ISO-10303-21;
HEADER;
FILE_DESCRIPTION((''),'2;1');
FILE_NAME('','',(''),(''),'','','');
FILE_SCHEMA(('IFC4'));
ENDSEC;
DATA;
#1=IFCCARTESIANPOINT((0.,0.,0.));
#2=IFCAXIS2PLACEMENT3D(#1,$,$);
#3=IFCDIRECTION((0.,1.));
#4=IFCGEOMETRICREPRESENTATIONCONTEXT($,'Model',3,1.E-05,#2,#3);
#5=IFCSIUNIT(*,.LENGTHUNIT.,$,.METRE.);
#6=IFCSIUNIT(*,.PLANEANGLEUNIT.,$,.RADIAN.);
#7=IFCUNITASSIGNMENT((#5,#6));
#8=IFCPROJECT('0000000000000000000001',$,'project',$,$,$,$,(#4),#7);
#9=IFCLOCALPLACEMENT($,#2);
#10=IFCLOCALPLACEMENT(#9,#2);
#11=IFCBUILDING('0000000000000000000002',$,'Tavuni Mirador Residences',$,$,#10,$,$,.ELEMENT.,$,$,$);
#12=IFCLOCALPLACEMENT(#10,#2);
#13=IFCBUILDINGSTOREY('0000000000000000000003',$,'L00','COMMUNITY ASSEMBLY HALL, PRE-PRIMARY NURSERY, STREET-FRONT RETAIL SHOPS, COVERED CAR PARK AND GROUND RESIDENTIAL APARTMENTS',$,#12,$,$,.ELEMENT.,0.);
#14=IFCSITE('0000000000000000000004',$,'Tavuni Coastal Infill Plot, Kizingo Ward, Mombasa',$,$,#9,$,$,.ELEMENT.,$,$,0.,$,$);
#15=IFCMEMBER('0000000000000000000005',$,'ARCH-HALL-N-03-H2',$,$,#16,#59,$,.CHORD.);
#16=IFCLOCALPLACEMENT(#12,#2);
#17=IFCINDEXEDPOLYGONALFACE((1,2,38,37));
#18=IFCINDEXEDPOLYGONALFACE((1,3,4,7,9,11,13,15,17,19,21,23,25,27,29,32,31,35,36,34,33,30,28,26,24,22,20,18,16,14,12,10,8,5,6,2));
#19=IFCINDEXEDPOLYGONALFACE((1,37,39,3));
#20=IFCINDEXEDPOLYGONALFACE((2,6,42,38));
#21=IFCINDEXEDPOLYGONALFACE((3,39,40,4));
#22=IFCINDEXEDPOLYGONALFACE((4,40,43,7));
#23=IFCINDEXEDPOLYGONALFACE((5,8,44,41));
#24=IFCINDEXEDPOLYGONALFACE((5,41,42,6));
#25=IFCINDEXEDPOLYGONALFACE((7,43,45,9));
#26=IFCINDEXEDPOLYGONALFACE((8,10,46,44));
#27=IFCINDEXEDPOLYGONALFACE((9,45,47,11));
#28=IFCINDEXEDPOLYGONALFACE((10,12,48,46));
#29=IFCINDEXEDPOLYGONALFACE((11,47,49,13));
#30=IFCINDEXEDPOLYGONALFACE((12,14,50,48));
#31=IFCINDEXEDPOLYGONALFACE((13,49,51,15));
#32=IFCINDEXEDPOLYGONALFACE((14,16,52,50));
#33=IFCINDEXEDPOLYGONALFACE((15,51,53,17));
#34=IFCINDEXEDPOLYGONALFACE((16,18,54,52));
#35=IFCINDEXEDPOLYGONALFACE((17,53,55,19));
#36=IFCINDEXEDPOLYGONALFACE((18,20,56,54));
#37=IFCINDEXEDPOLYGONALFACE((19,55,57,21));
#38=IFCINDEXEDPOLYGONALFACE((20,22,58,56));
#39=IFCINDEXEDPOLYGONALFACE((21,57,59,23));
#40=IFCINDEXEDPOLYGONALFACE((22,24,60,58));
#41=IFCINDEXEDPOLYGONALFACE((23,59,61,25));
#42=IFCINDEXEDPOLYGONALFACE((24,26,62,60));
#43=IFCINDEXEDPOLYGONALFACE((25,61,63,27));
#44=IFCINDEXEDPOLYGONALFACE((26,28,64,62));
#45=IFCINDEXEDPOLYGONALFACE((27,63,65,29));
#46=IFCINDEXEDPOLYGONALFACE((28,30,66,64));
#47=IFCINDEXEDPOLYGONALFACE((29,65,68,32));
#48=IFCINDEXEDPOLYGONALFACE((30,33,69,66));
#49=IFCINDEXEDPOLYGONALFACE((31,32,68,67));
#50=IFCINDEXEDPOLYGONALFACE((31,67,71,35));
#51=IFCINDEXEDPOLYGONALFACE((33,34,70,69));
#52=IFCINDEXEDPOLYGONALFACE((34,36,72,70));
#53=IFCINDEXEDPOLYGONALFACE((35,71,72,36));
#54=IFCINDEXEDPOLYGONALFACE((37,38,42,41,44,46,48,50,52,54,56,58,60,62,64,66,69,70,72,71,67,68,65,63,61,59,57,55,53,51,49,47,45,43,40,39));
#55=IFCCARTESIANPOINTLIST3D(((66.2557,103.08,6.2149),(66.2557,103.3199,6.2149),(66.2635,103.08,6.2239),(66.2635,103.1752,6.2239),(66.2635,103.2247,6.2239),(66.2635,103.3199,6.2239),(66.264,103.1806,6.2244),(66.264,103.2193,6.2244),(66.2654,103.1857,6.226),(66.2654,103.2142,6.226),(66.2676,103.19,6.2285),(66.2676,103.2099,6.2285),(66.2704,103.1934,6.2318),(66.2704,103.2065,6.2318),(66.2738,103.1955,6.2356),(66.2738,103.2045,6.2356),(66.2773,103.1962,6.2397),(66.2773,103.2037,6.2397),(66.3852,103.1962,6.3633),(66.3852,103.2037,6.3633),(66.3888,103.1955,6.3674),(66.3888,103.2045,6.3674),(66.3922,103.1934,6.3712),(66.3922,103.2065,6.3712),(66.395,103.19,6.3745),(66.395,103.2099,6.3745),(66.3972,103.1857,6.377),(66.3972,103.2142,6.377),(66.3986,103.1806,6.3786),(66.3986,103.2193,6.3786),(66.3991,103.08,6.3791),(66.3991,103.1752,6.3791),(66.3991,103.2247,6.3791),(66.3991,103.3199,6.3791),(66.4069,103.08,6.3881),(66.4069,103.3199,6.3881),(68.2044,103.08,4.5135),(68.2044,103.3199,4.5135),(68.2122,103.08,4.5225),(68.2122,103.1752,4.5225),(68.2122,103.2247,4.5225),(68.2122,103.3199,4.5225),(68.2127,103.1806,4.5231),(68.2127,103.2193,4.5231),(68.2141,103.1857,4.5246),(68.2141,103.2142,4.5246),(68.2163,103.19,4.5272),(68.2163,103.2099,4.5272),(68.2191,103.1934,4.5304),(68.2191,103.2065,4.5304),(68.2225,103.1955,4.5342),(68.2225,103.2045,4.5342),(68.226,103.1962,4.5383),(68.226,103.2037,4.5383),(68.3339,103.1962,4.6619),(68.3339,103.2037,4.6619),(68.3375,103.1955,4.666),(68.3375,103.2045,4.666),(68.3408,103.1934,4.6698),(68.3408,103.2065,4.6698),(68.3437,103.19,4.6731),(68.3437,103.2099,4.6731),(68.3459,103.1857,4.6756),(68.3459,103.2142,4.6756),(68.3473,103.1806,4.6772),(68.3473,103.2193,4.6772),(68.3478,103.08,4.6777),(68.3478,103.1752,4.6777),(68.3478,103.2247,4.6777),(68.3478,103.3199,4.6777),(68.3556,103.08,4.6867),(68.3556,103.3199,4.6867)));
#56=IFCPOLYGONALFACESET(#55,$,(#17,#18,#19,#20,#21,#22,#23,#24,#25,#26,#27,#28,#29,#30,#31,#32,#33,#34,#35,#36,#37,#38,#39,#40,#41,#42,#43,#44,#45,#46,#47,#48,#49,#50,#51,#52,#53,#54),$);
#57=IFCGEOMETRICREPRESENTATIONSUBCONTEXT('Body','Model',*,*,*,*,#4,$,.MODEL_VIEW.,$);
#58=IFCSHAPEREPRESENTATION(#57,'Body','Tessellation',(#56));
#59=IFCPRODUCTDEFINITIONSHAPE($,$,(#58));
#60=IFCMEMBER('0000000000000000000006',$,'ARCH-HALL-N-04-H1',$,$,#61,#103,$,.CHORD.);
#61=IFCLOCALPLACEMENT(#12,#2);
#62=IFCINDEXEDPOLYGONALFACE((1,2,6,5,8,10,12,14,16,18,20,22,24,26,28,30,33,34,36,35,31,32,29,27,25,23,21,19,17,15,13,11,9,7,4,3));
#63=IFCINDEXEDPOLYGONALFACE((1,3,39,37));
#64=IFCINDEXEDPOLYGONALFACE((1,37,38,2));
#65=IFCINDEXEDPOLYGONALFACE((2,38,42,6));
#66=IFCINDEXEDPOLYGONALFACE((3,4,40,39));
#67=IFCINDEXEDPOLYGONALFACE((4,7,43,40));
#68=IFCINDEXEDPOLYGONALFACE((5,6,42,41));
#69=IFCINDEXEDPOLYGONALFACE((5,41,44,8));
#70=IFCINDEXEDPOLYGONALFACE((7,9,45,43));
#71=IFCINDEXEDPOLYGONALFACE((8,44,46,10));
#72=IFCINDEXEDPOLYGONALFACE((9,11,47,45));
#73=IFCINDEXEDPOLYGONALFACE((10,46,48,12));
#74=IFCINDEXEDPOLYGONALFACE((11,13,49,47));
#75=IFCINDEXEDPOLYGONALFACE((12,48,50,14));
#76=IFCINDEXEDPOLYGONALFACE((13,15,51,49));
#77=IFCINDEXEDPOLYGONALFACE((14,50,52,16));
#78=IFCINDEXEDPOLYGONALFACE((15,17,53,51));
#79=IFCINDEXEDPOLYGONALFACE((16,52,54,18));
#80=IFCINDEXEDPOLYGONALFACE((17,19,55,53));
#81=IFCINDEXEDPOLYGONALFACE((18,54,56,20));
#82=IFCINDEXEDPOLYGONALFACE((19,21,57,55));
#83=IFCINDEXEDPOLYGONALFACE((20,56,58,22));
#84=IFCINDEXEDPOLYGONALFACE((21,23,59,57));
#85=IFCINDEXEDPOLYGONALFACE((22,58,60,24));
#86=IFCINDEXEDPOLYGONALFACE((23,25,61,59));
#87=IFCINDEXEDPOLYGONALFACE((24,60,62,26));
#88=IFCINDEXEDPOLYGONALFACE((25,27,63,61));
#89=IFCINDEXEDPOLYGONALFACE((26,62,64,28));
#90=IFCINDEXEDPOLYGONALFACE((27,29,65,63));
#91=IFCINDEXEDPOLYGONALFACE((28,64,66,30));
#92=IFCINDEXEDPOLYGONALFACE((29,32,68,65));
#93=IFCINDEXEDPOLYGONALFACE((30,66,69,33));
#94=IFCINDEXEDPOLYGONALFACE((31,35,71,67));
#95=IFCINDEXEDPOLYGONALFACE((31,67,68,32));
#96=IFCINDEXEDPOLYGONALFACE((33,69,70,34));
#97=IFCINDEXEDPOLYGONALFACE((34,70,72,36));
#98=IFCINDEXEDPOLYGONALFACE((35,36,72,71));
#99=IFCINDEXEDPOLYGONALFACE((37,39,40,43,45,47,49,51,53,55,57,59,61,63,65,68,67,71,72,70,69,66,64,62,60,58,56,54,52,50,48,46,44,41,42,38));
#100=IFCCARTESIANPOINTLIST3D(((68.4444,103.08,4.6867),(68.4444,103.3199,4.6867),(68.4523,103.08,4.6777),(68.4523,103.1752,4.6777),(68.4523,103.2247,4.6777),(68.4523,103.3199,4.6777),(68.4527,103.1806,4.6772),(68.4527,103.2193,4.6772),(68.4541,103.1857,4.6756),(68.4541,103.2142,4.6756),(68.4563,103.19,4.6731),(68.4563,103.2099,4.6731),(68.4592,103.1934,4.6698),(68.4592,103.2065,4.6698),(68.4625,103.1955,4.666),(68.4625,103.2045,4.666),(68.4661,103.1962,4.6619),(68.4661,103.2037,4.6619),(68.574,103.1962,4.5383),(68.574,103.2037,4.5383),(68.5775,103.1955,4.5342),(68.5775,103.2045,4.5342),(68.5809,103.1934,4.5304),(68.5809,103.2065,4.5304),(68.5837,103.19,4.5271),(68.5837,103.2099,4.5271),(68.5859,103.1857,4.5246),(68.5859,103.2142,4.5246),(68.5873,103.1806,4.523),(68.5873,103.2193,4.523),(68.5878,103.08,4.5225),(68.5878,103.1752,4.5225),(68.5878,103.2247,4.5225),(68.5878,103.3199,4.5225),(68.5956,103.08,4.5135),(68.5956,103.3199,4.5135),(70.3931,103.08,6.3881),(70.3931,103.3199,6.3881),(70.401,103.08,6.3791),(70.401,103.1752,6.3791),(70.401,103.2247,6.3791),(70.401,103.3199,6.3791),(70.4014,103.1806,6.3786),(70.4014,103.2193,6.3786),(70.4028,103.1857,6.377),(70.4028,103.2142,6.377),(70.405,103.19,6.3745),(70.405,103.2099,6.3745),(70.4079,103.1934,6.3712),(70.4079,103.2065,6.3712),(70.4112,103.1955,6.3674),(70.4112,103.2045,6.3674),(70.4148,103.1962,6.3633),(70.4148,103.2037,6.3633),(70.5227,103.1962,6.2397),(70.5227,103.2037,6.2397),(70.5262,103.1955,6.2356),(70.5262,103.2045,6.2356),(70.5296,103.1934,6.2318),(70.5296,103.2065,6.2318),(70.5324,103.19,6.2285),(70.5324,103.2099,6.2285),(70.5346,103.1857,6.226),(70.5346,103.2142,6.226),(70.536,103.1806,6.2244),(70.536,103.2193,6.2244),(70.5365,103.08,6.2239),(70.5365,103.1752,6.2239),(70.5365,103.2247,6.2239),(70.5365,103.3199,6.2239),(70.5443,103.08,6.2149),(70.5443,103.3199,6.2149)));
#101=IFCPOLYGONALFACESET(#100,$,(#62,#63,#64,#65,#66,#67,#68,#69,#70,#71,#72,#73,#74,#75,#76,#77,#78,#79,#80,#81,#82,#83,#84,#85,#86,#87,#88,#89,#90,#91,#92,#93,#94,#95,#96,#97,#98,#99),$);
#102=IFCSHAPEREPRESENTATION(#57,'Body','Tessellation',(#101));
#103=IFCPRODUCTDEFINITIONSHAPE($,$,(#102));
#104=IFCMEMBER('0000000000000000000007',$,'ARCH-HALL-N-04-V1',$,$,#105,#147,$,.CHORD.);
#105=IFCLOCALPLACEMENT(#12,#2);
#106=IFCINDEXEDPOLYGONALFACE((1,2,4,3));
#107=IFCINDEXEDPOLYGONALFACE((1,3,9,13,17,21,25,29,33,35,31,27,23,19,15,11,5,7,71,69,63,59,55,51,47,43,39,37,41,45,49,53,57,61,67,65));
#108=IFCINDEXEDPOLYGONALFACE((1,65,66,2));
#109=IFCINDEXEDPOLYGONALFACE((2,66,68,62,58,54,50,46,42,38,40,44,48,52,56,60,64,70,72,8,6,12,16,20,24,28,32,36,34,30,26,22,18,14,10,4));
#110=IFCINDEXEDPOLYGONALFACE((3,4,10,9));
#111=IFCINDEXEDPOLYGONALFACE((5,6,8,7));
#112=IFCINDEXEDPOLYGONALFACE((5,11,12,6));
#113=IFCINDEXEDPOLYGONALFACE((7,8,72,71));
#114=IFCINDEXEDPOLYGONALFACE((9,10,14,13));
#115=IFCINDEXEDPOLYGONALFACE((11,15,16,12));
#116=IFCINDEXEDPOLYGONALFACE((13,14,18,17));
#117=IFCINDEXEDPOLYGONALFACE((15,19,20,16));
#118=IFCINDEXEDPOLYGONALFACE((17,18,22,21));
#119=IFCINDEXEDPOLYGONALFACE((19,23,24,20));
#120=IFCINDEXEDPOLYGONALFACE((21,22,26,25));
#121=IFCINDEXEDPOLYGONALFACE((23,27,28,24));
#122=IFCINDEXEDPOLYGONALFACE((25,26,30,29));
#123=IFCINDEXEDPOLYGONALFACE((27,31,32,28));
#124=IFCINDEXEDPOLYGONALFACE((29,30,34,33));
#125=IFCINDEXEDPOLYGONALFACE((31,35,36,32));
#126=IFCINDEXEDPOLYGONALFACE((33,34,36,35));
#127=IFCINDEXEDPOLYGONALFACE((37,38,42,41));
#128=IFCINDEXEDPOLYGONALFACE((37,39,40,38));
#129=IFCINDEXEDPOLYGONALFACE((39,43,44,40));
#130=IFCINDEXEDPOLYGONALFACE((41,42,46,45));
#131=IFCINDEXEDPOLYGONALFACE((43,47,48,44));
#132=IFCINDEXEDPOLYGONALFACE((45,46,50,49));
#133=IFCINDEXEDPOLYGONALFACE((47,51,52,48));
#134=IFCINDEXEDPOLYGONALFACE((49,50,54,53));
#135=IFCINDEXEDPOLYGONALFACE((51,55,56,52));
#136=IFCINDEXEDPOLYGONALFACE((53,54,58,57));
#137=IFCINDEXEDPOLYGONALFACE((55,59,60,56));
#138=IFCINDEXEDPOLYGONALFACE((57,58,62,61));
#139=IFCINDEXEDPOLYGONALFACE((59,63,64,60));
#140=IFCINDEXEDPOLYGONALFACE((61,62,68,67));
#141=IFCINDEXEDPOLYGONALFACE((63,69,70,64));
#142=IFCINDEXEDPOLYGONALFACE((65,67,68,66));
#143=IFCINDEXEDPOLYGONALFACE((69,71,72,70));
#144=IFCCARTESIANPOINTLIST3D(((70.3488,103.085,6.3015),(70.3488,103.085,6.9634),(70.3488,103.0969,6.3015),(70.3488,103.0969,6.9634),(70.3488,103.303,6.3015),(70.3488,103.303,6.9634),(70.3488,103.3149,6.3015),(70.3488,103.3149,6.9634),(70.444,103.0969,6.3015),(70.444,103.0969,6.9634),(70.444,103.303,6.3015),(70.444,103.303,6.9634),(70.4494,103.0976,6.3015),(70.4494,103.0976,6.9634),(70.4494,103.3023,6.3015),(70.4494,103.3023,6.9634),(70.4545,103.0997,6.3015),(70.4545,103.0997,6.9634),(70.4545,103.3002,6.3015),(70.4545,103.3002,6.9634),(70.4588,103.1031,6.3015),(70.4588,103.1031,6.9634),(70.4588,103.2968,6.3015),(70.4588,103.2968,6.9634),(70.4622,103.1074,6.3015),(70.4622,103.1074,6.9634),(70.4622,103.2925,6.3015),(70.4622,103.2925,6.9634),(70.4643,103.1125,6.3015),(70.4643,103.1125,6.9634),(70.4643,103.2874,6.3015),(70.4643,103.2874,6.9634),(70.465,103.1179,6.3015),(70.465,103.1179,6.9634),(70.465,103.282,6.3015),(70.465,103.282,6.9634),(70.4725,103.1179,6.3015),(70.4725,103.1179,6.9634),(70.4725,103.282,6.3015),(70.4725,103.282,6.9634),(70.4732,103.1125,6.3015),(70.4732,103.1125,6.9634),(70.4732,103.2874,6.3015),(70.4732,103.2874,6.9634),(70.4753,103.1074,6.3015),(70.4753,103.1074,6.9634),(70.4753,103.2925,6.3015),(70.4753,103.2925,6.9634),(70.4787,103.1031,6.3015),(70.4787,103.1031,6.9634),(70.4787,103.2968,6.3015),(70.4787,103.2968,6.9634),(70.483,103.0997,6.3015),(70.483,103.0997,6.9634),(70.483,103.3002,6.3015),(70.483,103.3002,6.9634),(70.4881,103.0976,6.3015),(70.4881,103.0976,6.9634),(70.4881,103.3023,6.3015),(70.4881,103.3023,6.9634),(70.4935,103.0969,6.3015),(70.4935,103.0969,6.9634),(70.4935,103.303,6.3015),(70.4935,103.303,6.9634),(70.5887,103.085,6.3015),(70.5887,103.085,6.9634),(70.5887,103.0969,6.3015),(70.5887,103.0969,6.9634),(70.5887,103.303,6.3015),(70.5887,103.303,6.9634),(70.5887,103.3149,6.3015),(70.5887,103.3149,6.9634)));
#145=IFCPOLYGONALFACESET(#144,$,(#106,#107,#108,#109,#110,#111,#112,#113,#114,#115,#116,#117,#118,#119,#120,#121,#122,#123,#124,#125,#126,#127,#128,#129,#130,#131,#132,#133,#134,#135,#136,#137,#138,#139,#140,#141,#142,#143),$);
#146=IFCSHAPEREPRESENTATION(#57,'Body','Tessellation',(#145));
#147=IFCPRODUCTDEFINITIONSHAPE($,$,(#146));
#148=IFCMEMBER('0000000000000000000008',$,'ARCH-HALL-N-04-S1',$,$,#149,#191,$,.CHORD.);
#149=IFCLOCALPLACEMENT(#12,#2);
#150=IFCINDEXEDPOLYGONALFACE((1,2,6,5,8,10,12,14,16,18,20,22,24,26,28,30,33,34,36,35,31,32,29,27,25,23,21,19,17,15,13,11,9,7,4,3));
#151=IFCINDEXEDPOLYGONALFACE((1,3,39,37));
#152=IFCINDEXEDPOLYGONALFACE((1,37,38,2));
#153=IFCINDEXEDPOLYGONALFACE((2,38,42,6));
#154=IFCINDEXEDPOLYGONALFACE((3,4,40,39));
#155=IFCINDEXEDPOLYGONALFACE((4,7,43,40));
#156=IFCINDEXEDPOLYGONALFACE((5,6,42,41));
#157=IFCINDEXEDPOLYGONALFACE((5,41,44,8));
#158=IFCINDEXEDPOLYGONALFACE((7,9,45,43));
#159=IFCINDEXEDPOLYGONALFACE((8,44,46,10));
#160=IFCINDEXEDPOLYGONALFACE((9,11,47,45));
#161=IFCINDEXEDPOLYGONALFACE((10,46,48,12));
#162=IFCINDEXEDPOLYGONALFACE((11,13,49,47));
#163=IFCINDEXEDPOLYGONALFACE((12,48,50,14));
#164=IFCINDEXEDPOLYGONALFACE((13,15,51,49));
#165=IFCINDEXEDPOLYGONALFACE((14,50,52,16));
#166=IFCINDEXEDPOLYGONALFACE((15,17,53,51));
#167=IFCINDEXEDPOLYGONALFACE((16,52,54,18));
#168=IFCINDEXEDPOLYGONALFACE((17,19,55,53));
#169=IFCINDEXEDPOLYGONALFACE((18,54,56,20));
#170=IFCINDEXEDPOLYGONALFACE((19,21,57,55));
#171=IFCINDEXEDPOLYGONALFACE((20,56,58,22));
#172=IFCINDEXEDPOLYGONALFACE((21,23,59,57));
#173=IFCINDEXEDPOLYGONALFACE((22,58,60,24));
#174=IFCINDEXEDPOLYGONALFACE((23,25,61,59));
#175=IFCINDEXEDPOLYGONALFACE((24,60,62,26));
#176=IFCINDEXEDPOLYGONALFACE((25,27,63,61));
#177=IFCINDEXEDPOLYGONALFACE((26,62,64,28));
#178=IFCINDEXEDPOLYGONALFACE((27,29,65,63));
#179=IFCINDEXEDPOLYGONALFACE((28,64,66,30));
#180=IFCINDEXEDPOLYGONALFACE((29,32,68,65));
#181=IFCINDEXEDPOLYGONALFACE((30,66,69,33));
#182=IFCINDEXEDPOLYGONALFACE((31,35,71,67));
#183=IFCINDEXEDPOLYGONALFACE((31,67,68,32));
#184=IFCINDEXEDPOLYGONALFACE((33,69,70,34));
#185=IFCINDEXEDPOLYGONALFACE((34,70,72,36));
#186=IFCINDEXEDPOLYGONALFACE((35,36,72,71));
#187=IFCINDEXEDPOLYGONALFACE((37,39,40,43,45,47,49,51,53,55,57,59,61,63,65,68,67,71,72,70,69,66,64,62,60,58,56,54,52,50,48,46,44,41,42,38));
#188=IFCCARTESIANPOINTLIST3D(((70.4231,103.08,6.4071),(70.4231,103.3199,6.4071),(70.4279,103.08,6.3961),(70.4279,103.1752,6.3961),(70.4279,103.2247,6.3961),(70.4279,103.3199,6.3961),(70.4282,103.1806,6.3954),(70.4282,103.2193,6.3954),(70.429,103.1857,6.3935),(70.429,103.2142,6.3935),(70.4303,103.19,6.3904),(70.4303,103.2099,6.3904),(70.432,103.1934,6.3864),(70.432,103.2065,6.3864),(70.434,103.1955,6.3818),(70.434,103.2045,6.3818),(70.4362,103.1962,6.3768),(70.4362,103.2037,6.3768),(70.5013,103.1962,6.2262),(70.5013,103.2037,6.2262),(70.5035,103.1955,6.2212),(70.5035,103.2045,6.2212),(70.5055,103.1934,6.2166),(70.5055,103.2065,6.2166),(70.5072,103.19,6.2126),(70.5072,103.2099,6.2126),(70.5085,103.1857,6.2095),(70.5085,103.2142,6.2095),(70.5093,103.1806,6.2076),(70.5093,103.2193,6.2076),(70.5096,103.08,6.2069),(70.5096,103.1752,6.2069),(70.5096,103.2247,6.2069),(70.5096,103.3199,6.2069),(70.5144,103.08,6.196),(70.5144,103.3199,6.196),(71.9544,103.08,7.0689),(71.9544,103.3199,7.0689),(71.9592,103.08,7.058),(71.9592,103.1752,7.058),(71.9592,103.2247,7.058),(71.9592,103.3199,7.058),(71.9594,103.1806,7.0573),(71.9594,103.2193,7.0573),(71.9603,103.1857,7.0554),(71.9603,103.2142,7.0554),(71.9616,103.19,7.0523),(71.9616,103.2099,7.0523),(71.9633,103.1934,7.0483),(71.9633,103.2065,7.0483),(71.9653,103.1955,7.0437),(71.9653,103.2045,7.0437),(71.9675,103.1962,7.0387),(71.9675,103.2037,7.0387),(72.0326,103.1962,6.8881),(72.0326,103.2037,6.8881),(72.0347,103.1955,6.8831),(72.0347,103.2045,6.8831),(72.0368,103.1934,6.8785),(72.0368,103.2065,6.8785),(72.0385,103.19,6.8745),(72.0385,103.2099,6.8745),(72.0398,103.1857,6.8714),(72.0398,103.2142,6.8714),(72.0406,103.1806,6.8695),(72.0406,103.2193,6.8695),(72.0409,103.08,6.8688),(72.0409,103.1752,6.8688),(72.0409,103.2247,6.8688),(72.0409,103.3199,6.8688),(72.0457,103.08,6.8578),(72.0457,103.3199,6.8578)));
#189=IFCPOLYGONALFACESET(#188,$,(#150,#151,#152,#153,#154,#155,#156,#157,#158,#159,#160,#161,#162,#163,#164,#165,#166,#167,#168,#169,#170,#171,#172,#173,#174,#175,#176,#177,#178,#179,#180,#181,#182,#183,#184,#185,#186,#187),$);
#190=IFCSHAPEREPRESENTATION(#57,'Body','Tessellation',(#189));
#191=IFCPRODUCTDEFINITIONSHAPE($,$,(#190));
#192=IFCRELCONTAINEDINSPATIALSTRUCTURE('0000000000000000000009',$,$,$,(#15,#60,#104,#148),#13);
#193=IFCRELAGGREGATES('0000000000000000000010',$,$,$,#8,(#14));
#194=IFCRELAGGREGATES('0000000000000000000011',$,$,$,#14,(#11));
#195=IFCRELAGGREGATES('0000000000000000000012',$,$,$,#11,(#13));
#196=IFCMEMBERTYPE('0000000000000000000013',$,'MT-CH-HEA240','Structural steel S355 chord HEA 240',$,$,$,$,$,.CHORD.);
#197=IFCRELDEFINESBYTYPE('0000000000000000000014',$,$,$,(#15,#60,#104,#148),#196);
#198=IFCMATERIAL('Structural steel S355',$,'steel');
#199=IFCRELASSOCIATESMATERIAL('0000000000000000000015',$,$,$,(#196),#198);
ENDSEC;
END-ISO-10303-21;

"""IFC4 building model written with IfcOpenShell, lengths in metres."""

from ifc_helpers import new_model, si_unit, direction, frame, origin, origin_2d, place, context, subcontext, project, spatial, i_section, extrude, material, material_profile, profile_set, type_object, element, save


model = new_model("IFC4")

# Units and contexts
model_context = context("Model", 3, precision=1e-05, world=origin(), true_north=direction((0.0, 1.0)))
body_context = subcontext(model_context, "Body", "Model", "MODEL_VIEW")
ifc_project = project(units=[si_unit("LENGTHUNIT", "METRE"), si_unit("PLANEANGLEUNIT", "RADIAN")], contexts=[model_context])

# Site, building, storey
site_placement = place(None, origin())
site = spatial("IfcSite", under=ifc_project, at=site_placement, Name="Tavuni Coastal Infill Plot, Kizingo Ward, Mombasa", CompositionType="ELEMENT", RefElevation=0.0)
building_placement = place(site_placement, origin())
building = spatial("IfcBuilding", under=site, at=building_placement, Name="Tavuni Mirador Residences", CompositionType="ELEMENT")
storey_placement = place(building_placement, origin())
storey = spatial("IfcBuildingStorey", under=building, at=storey_placement, Name="L00", Description="COMMUNITY ASSEMBLY HALL, PRE-PRIMARY NURSERY, STREET-FRONT RETAIL SHOPS, COVERED CAR PARK AND GROUND RESIDENTIAL APARTMENTS", CompositionType="ELEMENT", Elevation=0.0)

# Shared definitions
ifc_material_1 = material(Name="Structural steel S355", Category="steel")

# Members
ifc_material_profile_1 = material_profile(ifc_material_1, i_section(OverallWidth=0.24, OverallDepth=0.23, WebThickness=0.0076, FlangeThickness=0.012, FilletRadius=0.021, at=origin_2d()), Name="HEA 240", Category="steel")
ifc_profile_set_1 = profile_set([ifc_material_profile_1], Name="Structural steel S355")
member_type = type_object("IfcMemberType", Name="MT-CH-HEA240", Description="Structural steel S355 chord HEA 240", PredefinedType="CHORD", material=ifc_profile_set_1)
for number, where, z_axis, x_axis, name in (
    (1, (66.3313, 103.2, 6.3015), (0.753289, 0.0, -0.657689), (0.0, 1.0, 0.0), "ARCH-HALL-N-03-H2"),
    (2, (68.52, 103.2, 4.6001), (0.753289, 0.0, 0.657689), (0.0, 1.0, 0.0), "ARCH-HALL-N-04-H1"),
):
    element("IfcMember", number, at=place(storey_placement, frame(where, z_axis=z_axis, x_axis=x_axis)), inside=storey, type_object=member_type, Name=name, PredefinedType="CHORD", context=body_context, shape_type="SweptSolid", body=[
        extrude(i_section(OverallWidth=0.24, OverallDepth=0.23, WebThickness=0.0076, FlangeThickness=0.012, FilletRadius=0.021, at=origin_2d()), origin(), (0.0, 0.0, 1.0), 2.5869),
    ])
member_1_placement = place(storey_placement, frame((70.4688, 103.2, 6.3015), z_axis=(0.0, 0.0, 1.0), x_axis=(1.0, 0.0, 0.0)))
element("IfcMember", 3, at=member_1_placement, inside=storey, type_object=member_type, Name="ARCH-HALL-N-04-V1", PredefinedType="CHORD", context=body_context, shape_type="SweptSolid", body=[
    extrude(i_section(OverallWidth=0.24, OverallDepth=0.23, WebThickness=0.0076, FlangeThickness=0.012, FilletRadius=0.021, at=origin_2d()), origin(), (0.0, 0.0, 1.0), 0.6619),
])
for number, where, z_axis, x_axis, name in (
    (4, (70.4688, 103.2, 6.3015), (0.917922, 0.0, 0.396761), (0.0, 1.0, 0.0), "ARCH-HALL-N-04-S1"),
):
    element("IfcMember", number, at=place(storey_placement, frame(where, z_axis=z_axis, x_axis=x_axis)), inside=storey, type_object=member_type, Name=name, PredefinedType="CHORD", context=body_context, shape_type="SweptSolid", body=[
        extrude(i_section(OverallWidth=0.24, OverallDepth=0.23, WebThickness=0.0076, FlangeThickness=0.012, FilletRadius=0.021, at=origin_2d()), origin(), (0.0, 0.0, 1.0), 1.6682),
    ])

save(model, "model.ifc")
